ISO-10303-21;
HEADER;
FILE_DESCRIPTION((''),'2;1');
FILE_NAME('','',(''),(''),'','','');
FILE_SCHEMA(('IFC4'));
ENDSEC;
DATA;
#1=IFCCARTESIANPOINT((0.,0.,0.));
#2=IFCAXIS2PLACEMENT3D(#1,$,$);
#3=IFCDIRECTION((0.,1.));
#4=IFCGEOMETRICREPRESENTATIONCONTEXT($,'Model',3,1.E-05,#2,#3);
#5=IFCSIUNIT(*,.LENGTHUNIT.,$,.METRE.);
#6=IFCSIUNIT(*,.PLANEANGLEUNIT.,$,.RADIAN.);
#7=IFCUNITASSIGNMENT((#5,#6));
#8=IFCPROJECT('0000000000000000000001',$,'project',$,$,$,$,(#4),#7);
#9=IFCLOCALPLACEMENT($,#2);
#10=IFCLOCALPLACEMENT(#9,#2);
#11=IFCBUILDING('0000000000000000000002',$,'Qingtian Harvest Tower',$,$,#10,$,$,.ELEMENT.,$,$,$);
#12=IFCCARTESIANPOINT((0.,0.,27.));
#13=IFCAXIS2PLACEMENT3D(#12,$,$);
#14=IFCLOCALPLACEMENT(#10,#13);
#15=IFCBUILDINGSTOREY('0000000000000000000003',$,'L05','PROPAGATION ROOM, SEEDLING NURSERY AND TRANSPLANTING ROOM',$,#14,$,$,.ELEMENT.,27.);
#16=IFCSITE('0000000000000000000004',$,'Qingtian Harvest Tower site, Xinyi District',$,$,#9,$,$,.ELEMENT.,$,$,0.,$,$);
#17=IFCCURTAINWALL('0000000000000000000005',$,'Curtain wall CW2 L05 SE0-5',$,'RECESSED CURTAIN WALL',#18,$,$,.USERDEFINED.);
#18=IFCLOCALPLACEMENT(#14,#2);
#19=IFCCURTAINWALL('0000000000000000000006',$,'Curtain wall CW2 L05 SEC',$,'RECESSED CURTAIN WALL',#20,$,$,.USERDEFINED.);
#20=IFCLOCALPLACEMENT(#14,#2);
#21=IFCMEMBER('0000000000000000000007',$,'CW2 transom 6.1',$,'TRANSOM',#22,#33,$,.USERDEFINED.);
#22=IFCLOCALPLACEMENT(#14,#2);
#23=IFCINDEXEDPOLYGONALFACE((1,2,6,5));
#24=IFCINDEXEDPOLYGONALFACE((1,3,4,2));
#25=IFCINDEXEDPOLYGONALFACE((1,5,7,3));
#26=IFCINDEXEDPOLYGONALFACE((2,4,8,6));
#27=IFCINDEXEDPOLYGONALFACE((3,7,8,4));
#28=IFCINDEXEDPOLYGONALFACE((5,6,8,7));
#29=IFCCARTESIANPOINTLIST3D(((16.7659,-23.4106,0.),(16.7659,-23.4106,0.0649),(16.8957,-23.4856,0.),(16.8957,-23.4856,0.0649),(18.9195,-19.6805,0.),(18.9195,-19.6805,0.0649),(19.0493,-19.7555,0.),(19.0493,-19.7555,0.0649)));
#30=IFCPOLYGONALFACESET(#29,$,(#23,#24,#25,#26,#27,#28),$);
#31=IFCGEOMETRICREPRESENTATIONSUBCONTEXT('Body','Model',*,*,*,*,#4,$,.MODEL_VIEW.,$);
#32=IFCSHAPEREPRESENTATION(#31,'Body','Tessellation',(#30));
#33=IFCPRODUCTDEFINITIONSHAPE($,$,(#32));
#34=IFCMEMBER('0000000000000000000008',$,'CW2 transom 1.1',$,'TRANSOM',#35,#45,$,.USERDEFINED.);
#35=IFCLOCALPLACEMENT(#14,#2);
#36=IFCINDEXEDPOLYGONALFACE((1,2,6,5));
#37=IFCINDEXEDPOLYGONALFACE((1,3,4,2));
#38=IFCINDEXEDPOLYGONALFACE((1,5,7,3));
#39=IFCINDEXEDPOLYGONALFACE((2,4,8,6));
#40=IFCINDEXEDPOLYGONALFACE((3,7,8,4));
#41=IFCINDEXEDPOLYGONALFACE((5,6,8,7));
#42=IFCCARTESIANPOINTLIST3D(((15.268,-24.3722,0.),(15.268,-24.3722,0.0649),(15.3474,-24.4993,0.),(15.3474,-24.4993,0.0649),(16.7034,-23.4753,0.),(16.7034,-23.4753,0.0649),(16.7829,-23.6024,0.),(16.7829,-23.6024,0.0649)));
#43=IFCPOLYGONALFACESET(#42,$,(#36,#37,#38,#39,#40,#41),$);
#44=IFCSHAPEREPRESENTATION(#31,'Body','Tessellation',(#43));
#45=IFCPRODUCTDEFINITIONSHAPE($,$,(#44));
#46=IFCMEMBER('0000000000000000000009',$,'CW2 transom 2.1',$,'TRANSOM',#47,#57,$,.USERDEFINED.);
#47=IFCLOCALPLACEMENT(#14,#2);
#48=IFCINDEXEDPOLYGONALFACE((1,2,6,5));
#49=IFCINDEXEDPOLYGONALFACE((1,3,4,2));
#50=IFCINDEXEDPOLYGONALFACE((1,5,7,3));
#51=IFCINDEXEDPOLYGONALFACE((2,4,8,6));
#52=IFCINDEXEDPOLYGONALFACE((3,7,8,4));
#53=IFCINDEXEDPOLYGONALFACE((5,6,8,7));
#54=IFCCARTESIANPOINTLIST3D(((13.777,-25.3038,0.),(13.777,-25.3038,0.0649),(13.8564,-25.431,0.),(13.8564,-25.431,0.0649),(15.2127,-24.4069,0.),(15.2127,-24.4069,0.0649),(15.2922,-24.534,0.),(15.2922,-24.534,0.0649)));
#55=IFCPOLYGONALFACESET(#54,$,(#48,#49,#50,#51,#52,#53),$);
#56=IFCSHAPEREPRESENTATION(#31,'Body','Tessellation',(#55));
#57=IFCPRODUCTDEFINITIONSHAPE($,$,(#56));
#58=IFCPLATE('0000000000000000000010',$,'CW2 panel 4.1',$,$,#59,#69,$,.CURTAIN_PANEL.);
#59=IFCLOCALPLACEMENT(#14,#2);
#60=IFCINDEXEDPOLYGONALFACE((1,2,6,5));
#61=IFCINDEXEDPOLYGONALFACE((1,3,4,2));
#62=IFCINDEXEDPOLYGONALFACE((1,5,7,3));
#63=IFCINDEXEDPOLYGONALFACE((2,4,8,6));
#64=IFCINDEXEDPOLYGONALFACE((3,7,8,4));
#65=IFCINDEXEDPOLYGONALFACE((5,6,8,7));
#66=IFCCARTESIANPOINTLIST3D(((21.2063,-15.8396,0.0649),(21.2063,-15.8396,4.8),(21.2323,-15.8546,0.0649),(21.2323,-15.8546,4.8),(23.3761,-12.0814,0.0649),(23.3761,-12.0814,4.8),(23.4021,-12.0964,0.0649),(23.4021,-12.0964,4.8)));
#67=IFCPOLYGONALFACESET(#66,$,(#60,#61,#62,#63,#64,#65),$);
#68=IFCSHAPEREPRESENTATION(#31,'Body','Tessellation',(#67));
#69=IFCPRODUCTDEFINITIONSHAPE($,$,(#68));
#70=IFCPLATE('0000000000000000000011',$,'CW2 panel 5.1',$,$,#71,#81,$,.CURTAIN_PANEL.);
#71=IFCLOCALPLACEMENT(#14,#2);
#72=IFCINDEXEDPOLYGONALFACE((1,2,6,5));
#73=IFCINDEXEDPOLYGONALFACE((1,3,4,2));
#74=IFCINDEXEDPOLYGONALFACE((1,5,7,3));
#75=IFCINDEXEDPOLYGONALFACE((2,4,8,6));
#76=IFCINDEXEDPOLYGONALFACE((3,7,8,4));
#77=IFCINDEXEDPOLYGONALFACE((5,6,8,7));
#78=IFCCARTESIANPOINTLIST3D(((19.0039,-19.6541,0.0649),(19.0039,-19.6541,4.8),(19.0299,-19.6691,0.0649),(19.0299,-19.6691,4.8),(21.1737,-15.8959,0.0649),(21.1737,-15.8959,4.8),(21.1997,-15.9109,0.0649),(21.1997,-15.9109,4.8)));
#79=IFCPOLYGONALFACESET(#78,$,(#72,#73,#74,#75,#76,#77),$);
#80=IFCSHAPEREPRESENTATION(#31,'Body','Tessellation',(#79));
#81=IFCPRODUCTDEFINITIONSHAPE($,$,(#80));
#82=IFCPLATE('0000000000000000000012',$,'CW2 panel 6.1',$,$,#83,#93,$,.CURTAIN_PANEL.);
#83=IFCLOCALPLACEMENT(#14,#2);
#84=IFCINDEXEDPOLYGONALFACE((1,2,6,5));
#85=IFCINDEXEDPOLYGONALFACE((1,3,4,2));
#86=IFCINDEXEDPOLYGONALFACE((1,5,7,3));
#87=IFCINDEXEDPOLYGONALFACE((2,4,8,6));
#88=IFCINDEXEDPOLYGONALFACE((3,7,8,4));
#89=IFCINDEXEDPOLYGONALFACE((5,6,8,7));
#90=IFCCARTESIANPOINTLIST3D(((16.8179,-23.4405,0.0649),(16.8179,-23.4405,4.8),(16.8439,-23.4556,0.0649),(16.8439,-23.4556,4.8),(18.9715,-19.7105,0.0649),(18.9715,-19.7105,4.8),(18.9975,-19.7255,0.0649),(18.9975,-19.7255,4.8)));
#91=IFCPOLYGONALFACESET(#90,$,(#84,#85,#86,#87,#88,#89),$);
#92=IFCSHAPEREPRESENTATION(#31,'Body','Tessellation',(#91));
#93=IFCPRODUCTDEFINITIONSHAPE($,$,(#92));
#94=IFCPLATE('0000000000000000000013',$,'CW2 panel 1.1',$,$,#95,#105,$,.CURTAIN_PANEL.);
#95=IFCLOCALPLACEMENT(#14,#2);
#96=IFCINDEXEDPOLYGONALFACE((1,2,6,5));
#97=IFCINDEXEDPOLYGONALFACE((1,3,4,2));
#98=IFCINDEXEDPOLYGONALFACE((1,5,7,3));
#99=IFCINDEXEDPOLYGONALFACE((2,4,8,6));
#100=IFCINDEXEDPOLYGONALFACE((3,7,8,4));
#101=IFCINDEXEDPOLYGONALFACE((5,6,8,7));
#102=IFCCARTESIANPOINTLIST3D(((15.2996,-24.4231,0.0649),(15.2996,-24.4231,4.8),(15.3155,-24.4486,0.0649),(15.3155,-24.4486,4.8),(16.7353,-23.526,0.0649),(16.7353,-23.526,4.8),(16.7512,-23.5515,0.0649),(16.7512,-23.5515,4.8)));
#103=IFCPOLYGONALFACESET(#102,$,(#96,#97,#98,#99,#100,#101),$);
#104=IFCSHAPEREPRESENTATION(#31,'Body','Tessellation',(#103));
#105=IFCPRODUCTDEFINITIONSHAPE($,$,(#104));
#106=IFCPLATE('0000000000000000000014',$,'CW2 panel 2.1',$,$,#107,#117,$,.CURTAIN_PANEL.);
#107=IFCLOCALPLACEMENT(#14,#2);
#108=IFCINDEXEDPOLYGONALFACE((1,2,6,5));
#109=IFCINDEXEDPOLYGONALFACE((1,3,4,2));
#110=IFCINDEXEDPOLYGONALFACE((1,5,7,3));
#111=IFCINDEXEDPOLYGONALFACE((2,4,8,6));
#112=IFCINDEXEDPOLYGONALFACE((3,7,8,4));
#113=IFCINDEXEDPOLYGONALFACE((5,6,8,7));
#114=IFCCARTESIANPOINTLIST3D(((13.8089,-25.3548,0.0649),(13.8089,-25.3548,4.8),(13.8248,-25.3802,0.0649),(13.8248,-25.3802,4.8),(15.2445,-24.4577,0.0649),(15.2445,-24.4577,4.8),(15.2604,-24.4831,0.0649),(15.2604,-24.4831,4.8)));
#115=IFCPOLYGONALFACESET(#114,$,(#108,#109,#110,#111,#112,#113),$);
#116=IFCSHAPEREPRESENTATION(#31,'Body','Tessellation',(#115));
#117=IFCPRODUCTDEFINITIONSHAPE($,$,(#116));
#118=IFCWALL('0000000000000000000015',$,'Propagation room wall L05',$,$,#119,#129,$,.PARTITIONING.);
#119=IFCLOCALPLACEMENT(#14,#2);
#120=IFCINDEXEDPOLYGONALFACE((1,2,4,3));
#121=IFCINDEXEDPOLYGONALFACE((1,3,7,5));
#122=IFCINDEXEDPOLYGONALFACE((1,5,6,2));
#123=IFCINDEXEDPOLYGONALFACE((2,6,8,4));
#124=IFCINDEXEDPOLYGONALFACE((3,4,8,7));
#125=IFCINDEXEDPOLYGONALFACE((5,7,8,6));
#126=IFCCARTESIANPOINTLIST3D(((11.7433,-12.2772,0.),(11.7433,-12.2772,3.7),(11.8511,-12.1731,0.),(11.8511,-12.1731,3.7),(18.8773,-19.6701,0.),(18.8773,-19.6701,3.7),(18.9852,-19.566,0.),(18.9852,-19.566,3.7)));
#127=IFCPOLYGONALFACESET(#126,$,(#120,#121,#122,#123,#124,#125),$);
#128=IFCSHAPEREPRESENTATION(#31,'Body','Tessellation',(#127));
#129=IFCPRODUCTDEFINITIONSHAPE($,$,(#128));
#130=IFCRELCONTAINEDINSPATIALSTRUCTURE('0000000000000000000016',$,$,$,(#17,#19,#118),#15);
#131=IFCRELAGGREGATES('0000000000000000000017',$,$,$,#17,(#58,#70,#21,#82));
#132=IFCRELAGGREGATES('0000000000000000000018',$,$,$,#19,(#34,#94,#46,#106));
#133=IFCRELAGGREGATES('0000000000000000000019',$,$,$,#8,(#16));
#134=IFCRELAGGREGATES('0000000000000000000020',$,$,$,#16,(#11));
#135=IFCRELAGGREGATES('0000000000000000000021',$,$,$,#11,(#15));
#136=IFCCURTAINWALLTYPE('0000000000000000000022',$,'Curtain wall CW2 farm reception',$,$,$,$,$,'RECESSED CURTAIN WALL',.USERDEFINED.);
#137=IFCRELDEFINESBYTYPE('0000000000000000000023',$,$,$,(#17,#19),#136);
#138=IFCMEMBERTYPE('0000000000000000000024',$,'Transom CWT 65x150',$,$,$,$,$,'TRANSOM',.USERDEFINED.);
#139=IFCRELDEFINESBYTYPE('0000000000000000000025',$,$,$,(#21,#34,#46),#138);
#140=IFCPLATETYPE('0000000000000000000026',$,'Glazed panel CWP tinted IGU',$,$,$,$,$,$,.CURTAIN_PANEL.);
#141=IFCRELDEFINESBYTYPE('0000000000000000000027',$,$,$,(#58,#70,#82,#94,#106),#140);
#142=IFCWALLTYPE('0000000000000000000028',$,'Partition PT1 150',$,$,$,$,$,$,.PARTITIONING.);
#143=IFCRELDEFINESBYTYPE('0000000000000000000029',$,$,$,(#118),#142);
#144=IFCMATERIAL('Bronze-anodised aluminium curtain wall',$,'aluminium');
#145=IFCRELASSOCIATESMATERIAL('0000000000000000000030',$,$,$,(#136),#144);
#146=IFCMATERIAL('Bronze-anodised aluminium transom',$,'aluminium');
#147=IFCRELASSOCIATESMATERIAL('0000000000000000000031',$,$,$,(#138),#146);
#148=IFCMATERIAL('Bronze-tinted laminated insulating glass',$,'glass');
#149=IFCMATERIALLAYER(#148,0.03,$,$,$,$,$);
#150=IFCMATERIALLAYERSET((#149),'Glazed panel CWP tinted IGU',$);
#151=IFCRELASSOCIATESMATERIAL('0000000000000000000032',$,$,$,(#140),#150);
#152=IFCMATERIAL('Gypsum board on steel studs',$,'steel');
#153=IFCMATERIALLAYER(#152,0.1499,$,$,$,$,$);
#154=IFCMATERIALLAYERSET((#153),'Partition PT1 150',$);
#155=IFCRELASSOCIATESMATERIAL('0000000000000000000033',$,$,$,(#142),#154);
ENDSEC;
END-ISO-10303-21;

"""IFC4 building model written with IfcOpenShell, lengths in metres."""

from ifc_helpers import new_model, si_unit, direction, frame, frame_2d, origin, origin_2d, place, context, subcontext, project, spatial, rectangle, extrude, material, layer, layer_set, material_profile, profile_set, type_object, element, aggregate, save


model = new_model("IFC4")

# Units and contexts
model_context = context("Model", 3, precision=1e-05, world=origin(), true_north=direction((0.0, 1.0)))
body_context = subcontext(model_context, "Body", "Model", "MODEL_VIEW")
ifc_project = project(units=[si_unit("LENGTHUNIT", "METRE"), si_unit("PLANEANGLEUNIT", "RADIAN")], contexts=[model_context])

# Site, building, storey
site_placement = place(None, origin())
site = spatial("IfcSite", under=ifc_project, at=site_placement, Name="Qingtian Harvest Tower site, Xinyi District", CompositionType="ELEMENT", RefElevation=0.0)
building_placement = place(site_placement, origin())
building = spatial("IfcBuilding", under=site, at=building_placement, Name="Qingtian Harvest Tower", CompositionType="ELEMENT")
storey_placement = place(building_placement, frame((0.0, 0.0, 27.0)))
storey = spatial("IfcBuildingStorey", under=building, at=storey_placement, Name="L05", Description="PROPAGATION ROOM, SEEDLING NURSERY AND TRANSPLANTING ROOM", CompositionType="ELEMENT", Elevation=27.0)

# Curtain walls
ifc_material_1 = material(Name="Bronze-anodised aluminium curtain wall", Category="aluminium")
curtain_wall_type = type_object("IfcCurtainWallType", Name="Curtain wall CW2 farm reception", ElementType="RECESSED CURTAIN WALL", PredefinedType="USERDEFINED", material=ifc_material_1)
curtain_wall_1_placement = place(storey_placement, origin())
curtain_wall_1 = element("IfcCurtainWall", 1, at=curtain_wall_1_placement, inside=storey, type_object=curtain_wall_type, Name="Curtain wall CW2 L05 SE0-5", ObjectType="RECESSED CURTAIN WALL", PredefinedType="USERDEFINED")
curtain_wall_2_placement = place(storey_placement, origin())
curtain_wall_2 = element("IfcCurtainWall", 2, at=curtain_wall_2_placement, inside=storey, type_object=curtain_wall_type, Name="Curtain wall CW2 L05 SEC", ObjectType="RECESSED CURTAIN WALL", PredefinedType="USERDEFINED")

# Members
ifc_material_2 = material(Name="Bronze-anodised aluminium transom", Category="aluminium")
ifc_material_profile_1 = material_profile(ifc_material_2, rectangle(XDim=0.1499, YDim=0.0649, at=origin_2d()), Name="AL 65x150")
ifc_profile_set_1 = profile_set([ifc_material_profile_1], Name="Bronze-anodised aluminium transom")
member_type_1 = type_object("IfcMemberType", Name="Transom CWT 65x150", ElementType="TRANSOM", PredefinedType="USERDEFINED", material=ifc_profile_set_1)
member_1_placement = place(storey_placement, frame((18.9844, -19.718, 0.0325), z_axis=(-0.50001, -0.866019, 0.0), x_axis=(0.866019, -0.50001, 0.0)))
member_1 = element("IfcMember", 3, at=member_1_placement, type_object=member_type_1, Name="CW2 transom 6.1", ObjectType="TRANSOM", PredefinedType="USERDEFINED", context=body_context, shape_type="SweptSolid", body=[
    extrude(rectangle(XDim=0.1499, YDim=0.0649, at=origin_2d()), origin(), (0.0, 0.0, 1.0), 4.3071),
])
member_2_placement = place(storey_placement, frame((16.7432, -23.5388, 0.0325), z_axis=(-0.848063, -0.529895, 0.0), x_axis=(0.529895, -0.848063, 0.0)))
member_2 = element("IfcMember", 4, at=member_2_placement, type_object=member_type_1, Name="CW2 transom 1.1", ObjectType="TRANSOM", PredefinedType="USERDEFINED", context=body_context, shape_type="SweptSolid", body=[
    extrude(rectangle(XDim=0.1499, YDim=0.0649, at=origin_2d()), origin(), (0.0, 0.0, 1.0), 1.6926),
])
member_3_placement = place(storey_placement, frame((15.2524, -24.4705, 0.0325), z_axis=(-0.848104, -0.52983, 0.0), x_axis=(0.52983, -0.848104, 0.0)))
member_3 = element("IfcMember", 5, at=member_3_placement, type_object=member_type_1, Name="CW2 transom 2.1", ObjectType="TRANSOM", PredefinedType="USERDEFINED", context=body_context, shape_type="SweptSolid", body=[
    extrude(rectangle(XDim=0.1499, YDim=0.0649, at=origin_2d()), origin(), (0.0, 0.0, 1.0), 1.6929),
])

# Plates
ifc_material_3 = material(Name="Bronze-tinted laminated insulating glass", Category="glass")
ifc_layer_1 = layer(ifc_material_3, 0.03)
ifc_layer_set_1 = layer_set([ifc_layer_1], Name="Glazed panel CWP tinted IGU")
plate_type = type_object("IfcPlateType", Name="Glazed panel CWP tinted IGU", PredefinedType="CURTAIN_PANEL", material=ifc_layer_set_1)
plate_1_placement = place(storey_placement, frame((22.3042, -13.968, 0.0649), z_axis=(0.0, 0.0, 1.0), x_axis=(-0.5, -0.866025, 0.0)))
plate_1 = element("IfcPlate", 6, at=plate_1_placement, type_object=plate_type, Name="CW2 panel 4.1", PredefinedType="CURTAIN_PANEL", context=body_context, shape_type="SweptSolid", body=[
    extrude(rectangle(XDim=4.3396, YDim=0.03, at=origin_2d()), origin(), (0.0, 0.0, 1.0), 4.7351),
])
plate_2_placement = place(storey_placement, frame((20.1018, -17.7825, 0.0649), z_axis=(0.0, 0.0, 1.0), x_axis=(-0.5, -0.866025, 0.0)))
plate_2 = element("IfcPlate", 7, at=plate_2_placement, type_object=plate_type, Name="CW2 panel 5.1", PredefinedType="CURTAIN_PANEL", context=body_context, shape_type="SweptSolid", body=[
    extrude(rectangle(XDim=4.3396, YDim=0.03, at=origin_2d()), origin(), (0.0, 0.0, 1.0), 4.7351),
])
plate_3_placement = place(storey_placement, frame((17.9077, -21.583, 0.0649), z_axis=(0.0, 0.0, 1.0), x_axis=(-0.5, -0.866025, 0.0)))
plate_3 = element("IfcPlate", 8, at=plate_3_placement, type_object=plate_type, Name="CW2 panel 6.1", PredefinedType="CURTAIN_PANEL", context=body_context, shape_type="SweptSolid", body=[
    extrude(rectangle(XDim=4.3071, YDim=0.03, at=origin_2d()), origin(), (0.0, 0.0, 1.0), 4.7351),
])
aggregate(curtain_wall_1, [plate_1, plate_2, member_1, plate_3])
plate_4_placement = place(storey_placement, frame((16.0254, -23.9873, 0.0649), z_axis=(0.0, 0.0, 1.0), x_axis=(-0.848048, -0.529919, 0.0)))
plate_4 = element("IfcPlate", 9, at=plate_4_placement, type_object=plate_type, Name="CW2 panel 1.1", PredefinedType="CURTAIN_PANEL", context=body_context, shape_type="SweptSolid", body=[
    extrude(rectangle(XDim=1.6929, YDim=0.03, at=origin_2d()), origin(), (0.0, 0.0, 1.0), 4.7351),
])
plate_5_placement = place(storey_placement, frame((14.5347, -24.9189, 0.0649), z_axis=(0.0, 0.0, 1.0), x_axis=(-0.848048, -0.529919, 0.0)))
plate_5 = element("IfcPlate", 10, at=plate_5_placement, type_object=plate_type, Name="CW2 panel 2.1", PredefinedType="CURTAIN_PANEL", context=body_context, shape_type="SweptSolid", body=[
    extrude(rectangle(XDim=1.6929, YDim=0.03, at=origin_2d()), origin(), (0.0, 0.0, 1.0), 4.7351),
])
aggregate(curtain_wall_2, [member_2, plate_4, member_3, plate_5])

# Wall
ifc_material_4 = material(Name="Gypsum board on steel studs", Category="steel")
ifc_layer_2 = layer(ifc_material_4, 0.1499)
ifc_layer_set_2 = layer_set([ifc_layer_2], Name="Partition PT1 150")
wall_type = type_object("IfcWallType", Name="Partition PT1 150", PredefinedType="PARTITIONING", material=ifc_layer_set_2)
wall_placement = place(storey_placement, frame((18.9312, -19.6179, 0.0), z_axis=(0.0, 0.0, 1.0), x_axis=(-0.6944, 0.719589, 0.0)))
element("IfcWall", 11, at=wall_placement, inside=storey, type_object=wall_type, Name="Propagation room wall L05", PredefinedType="PARTITIONING", context=body_context, shape_type="SweptSolid", body=[
    extrude(rectangle(XDim=10.2737, YDim=0.1499, at=frame_2d((5.1367, 0.0))), origin(), (0.0, 0.0, 1.0), 3.7),
])

save(model, "model.ifc")
